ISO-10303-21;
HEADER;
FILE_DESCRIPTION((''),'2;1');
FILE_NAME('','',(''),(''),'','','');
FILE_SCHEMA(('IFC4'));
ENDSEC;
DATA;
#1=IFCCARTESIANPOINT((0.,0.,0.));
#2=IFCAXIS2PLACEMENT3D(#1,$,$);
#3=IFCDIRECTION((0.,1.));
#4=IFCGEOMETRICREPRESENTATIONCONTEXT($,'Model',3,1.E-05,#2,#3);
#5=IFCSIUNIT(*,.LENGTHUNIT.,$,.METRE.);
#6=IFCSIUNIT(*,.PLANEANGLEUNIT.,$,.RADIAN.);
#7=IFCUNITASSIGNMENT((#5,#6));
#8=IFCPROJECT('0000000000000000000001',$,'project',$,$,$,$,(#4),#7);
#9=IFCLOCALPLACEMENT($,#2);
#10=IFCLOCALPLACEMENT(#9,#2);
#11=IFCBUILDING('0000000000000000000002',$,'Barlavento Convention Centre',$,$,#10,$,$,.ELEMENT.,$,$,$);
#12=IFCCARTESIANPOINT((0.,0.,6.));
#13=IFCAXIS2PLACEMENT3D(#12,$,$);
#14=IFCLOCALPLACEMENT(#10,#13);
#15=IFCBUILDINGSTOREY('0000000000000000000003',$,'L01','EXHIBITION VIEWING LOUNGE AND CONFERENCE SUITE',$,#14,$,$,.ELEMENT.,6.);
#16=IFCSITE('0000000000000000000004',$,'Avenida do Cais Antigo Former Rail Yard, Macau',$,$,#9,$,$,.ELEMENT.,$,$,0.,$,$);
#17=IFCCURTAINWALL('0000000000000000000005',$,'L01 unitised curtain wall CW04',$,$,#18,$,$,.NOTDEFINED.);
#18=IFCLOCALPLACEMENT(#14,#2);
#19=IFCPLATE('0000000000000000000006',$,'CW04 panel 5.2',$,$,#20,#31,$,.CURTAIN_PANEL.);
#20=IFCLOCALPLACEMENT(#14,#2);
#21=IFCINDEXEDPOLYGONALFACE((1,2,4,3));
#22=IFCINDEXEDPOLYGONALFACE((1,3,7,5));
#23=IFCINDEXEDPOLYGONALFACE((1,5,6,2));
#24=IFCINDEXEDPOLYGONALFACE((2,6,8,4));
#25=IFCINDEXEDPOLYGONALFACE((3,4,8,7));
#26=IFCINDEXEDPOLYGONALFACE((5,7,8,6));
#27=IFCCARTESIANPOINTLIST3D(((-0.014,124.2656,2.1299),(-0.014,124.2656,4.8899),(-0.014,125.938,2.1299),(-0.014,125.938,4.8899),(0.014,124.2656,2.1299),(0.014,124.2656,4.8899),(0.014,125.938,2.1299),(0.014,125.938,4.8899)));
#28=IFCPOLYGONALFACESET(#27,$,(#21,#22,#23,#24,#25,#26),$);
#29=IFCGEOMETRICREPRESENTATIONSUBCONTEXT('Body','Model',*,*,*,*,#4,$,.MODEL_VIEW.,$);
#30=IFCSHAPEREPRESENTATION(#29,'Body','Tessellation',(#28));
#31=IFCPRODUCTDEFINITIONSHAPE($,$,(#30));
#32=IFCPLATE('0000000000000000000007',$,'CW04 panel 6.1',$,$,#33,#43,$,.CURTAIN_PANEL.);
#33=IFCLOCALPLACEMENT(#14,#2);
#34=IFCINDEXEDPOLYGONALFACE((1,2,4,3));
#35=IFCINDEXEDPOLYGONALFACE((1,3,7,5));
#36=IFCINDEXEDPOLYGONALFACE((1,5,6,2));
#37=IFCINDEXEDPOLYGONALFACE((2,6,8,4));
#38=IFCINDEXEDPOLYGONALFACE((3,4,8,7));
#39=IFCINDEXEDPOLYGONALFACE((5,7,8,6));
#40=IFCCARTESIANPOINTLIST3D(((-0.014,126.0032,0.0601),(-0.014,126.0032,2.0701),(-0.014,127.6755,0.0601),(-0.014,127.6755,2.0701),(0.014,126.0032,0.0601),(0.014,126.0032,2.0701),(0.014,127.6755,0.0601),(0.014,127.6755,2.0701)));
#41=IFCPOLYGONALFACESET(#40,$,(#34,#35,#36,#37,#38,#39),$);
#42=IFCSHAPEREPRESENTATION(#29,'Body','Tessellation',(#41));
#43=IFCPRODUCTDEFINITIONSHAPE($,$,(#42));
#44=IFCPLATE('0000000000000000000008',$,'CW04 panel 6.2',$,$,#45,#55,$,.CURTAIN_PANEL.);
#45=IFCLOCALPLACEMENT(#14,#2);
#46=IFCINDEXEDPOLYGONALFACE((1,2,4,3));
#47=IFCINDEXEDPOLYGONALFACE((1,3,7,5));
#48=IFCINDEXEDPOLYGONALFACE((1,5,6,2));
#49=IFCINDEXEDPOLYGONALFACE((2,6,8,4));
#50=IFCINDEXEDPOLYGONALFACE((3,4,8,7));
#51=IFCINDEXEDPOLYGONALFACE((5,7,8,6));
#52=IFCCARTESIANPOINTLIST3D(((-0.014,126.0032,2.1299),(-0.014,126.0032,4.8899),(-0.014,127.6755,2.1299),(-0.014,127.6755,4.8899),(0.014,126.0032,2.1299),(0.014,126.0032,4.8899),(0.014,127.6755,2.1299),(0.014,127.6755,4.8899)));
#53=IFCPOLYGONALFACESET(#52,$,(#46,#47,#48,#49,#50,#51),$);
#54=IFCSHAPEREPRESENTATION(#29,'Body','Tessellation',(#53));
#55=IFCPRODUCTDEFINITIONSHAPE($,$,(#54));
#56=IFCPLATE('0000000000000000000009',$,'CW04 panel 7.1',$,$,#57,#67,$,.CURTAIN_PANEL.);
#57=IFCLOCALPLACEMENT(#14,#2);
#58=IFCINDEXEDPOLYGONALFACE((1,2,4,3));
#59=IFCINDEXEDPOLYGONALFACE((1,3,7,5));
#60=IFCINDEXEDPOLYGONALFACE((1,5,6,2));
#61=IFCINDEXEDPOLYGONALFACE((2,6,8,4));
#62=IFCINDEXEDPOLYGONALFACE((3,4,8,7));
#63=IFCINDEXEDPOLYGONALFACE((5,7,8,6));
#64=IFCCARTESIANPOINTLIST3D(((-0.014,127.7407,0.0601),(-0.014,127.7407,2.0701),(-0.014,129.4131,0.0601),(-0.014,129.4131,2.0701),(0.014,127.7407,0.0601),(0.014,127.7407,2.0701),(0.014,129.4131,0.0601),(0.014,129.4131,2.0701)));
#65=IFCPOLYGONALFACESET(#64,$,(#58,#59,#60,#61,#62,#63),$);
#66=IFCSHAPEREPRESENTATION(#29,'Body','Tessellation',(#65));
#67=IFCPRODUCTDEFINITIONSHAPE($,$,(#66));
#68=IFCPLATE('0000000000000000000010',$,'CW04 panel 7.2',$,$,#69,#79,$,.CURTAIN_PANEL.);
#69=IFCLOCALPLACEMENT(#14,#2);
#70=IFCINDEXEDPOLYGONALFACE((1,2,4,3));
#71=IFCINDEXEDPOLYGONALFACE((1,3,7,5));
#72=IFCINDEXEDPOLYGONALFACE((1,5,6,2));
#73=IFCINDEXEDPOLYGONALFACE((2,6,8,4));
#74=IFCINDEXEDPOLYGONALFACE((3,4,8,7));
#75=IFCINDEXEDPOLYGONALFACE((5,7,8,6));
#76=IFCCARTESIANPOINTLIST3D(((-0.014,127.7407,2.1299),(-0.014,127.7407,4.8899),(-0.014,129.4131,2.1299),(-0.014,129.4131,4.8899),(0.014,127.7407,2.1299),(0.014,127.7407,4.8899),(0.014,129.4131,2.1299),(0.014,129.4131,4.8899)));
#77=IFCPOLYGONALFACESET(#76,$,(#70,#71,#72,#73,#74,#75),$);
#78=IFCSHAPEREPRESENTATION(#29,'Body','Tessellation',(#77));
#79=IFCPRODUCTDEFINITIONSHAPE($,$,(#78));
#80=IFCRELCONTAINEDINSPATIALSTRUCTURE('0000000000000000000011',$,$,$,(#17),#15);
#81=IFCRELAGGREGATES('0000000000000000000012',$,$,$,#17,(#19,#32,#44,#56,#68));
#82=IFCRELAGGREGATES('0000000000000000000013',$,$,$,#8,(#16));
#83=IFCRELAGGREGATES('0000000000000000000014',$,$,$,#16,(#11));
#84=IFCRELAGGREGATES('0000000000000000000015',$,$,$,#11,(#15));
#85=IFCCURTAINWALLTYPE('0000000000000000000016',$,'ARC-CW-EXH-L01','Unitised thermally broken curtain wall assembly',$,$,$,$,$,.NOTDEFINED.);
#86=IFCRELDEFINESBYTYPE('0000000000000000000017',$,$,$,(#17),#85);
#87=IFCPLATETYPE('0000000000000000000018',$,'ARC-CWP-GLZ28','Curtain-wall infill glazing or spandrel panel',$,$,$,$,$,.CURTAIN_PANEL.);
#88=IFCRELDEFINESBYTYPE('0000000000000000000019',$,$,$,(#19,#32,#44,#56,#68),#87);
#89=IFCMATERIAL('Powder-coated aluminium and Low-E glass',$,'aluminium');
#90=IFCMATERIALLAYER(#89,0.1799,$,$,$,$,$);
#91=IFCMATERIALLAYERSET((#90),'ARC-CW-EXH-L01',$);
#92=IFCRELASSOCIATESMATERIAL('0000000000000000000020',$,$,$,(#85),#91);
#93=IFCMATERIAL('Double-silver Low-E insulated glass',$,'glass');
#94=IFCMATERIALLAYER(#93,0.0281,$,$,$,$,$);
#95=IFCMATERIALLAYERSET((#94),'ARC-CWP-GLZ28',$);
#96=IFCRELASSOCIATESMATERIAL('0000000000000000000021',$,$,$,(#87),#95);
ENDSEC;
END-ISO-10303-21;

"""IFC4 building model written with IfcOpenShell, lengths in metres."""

from ifc_helpers import new_model, si_unit, direction, frame, origin, origin_2d, place, context, subcontext, project, spatial, rectangle, extrude, material, layer, layer_set, type_object, element, aggregate, save


model = new_model("IFC4")

# Units and contexts
model_context = context("Model", 3, precision=1e-05, world=origin(), true_north=direction((0.0, 1.0)))
body_context = subcontext(model_context, "Body", "Model", "MODEL_VIEW")
ifc_project = project(units=[si_unit("LENGTHUNIT", "METRE"), si_unit("PLANEANGLEUNIT", "RADIAN")], contexts=[model_context])

# Site, building, storey
site_placement = place(None, origin())
site = spatial("IfcSite", under=ifc_project, at=site_placement, Name="Avenida do Cais Antigo Former Rail Yard, Macau", CompositionType="ELEMENT", RefElevation=0.0)
building_placement = place(site_placement, origin())
building = spatial("IfcBuilding", under=site, at=building_placement, Name="Barlavento Convention Centre", CompositionType="ELEMENT")
storey_placement = place(building_placement, frame((0.0, 0.0, 6.0)))
storey = spatial("IfcBuildingStorey", under=building, at=storey_placement, Name="L01", Description="EXHIBITION VIEWING LOUNGE AND CONFERENCE SUITE", CompositionType="ELEMENT", Elevation=6.0)

# Curtain wall
ifc_material_1 = material(Name="Powder-coated aluminium and Low-E glass", Category="aluminium")
ifc_layer_1 = layer(ifc_material_1, 0.1799)
ifc_layer_set_1 = layer_set([ifc_layer_1], Name="ARC-CW-EXH-L01")
curtain_wall_type = type_object("IfcCurtainWallType", Name="ARC-CW-EXH-L01", Description="Unitised thermally broken curtain wall assembly", PredefinedType="NOTDEFINED", material=ifc_layer_set_1)
curtain_wall_placement = place(storey_placement, origin())
curtain_wall = element("IfcCurtainWall", 1, at=curtain_wall_placement, inside=storey, type_object=curtain_wall_type, Name="L01 unitised curtain wall CW04", PredefinedType="NOTDEFINED")

# Plates
ifc_material_2 = material(Name="Double-silver Low-E insulated glass", Category="glass")
ifc_layer_2 = layer(ifc_material_2, 0.0281)
ifc_layer_set_2 = layer_set([ifc_layer_2], Name="ARC-CWP-GLZ28")
plate_type = type_object("IfcPlateType", Name="ARC-CWP-GLZ28", Description="Curtain-wall infill glazing or spandrel panel", PredefinedType="CURTAIN_PANEL", material=ifc_layer_set_2)
plate_1_placement = place(storey_placement, frame((0.0, 125.1018, 2.1299), z_axis=(0.0, 0.0, 1.0), x_axis=(0.0, 1.0, 0.0)))
plate_1 = element("IfcPlate", 2, at=plate_1_placement, type_object=plate_type, Name="CW04 panel 5.2", PredefinedType="CURTAIN_PANEL", context=body_context, shape_type="SweptSolid", body=[
    extrude(rectangle(XDim=1.6724, YDim=0.0281, at=origin_2d()), origin(), (0.0, 0.0, 1.0), 2.76),
])
plate_2_placement = place(storey_placement, frame((0.0, 126.8394, 0.0601), z_axis=(0.0, 0.0, 1.0), x_axis=(0.0, 1.0, 0.0)))
plate_2 = element("IfcPlate", 3, at=plate_2_placement, type_object=plate_type, Name="CW04 panel 6.1", PredefinedType="CURTAIN_PANEL", context=body_context, shape_type="SweptSolid", body=[
    extrude(rectangle(XDim=1.6724, YDim=0.0281, at=origin_2d()), origin(), (0.0, 0.0, 1.0), 2.01),
])
plate_3_placement = place(storey_placement, frame((0.0, 126.8394, 2.1299), z_axis=(0.0, 0.0, 1.0), x_axis=(0.0, 1.0, 0.0)))
plate_3 = element("IfcPlate", 4, at=plate_3_placement, type_object=plate_type, Name="CW04 panel 6.2", PredefinedType="CURTAIN_PANEL", context=body_context, shape_type="SweptSolid", body=[
    extrude(rectangle(XDim=1.6724, YDim=0.0281, at=origin_2d()), origin(), (0.0, 0.0, 1.0), 2.76),
])
plate_4_placement = place(storey_placement, frame((0.0, 128.5769, 0.0601), z_axis=(0.0, 0.0, 1.0), x_axis=(0.0, 1.0, 0.0)))
plate_4 = element("IfcPlate", 5, at=plate_4_placement, type_object=plate_type, Name="CW04 panel 7.1", PredefinedType="CURTAIN_PANEL", context=body_context, shape_type="SweptSolid", body=[
    extrude(rectangle(XDim=1.6724, YDim=0.0281, at=origin_2d()), origin(), (0.0, 0.0, 1.0), 2.01),
])
plate_5_placement = place(storey_placement, frame((0.0, 128.5769, 2.1299), z_axis=(0.0, 0.0, 1.0), x_axis=(0.0, 1.0, 0.0)))
plate_5 = element("IfcPlate", 6, at=plate_5_placement, type_object=plate_type, Name="CW04 panel 7.2", PredefinedType="CURTAIN_PANEL", context=body_context, shape_type="SweptSolid", body=[
    extrude(rectangle(XDim=1.6724, YDim=0.0281, at=origin_2d()), origin(), (0.0, 0.0, 1.0), 2.76),
])
aggregate(curtain_wall, [plate_1, plate_2, plate_3, plate_4, plate_5])

save(model, "model.ifc")
